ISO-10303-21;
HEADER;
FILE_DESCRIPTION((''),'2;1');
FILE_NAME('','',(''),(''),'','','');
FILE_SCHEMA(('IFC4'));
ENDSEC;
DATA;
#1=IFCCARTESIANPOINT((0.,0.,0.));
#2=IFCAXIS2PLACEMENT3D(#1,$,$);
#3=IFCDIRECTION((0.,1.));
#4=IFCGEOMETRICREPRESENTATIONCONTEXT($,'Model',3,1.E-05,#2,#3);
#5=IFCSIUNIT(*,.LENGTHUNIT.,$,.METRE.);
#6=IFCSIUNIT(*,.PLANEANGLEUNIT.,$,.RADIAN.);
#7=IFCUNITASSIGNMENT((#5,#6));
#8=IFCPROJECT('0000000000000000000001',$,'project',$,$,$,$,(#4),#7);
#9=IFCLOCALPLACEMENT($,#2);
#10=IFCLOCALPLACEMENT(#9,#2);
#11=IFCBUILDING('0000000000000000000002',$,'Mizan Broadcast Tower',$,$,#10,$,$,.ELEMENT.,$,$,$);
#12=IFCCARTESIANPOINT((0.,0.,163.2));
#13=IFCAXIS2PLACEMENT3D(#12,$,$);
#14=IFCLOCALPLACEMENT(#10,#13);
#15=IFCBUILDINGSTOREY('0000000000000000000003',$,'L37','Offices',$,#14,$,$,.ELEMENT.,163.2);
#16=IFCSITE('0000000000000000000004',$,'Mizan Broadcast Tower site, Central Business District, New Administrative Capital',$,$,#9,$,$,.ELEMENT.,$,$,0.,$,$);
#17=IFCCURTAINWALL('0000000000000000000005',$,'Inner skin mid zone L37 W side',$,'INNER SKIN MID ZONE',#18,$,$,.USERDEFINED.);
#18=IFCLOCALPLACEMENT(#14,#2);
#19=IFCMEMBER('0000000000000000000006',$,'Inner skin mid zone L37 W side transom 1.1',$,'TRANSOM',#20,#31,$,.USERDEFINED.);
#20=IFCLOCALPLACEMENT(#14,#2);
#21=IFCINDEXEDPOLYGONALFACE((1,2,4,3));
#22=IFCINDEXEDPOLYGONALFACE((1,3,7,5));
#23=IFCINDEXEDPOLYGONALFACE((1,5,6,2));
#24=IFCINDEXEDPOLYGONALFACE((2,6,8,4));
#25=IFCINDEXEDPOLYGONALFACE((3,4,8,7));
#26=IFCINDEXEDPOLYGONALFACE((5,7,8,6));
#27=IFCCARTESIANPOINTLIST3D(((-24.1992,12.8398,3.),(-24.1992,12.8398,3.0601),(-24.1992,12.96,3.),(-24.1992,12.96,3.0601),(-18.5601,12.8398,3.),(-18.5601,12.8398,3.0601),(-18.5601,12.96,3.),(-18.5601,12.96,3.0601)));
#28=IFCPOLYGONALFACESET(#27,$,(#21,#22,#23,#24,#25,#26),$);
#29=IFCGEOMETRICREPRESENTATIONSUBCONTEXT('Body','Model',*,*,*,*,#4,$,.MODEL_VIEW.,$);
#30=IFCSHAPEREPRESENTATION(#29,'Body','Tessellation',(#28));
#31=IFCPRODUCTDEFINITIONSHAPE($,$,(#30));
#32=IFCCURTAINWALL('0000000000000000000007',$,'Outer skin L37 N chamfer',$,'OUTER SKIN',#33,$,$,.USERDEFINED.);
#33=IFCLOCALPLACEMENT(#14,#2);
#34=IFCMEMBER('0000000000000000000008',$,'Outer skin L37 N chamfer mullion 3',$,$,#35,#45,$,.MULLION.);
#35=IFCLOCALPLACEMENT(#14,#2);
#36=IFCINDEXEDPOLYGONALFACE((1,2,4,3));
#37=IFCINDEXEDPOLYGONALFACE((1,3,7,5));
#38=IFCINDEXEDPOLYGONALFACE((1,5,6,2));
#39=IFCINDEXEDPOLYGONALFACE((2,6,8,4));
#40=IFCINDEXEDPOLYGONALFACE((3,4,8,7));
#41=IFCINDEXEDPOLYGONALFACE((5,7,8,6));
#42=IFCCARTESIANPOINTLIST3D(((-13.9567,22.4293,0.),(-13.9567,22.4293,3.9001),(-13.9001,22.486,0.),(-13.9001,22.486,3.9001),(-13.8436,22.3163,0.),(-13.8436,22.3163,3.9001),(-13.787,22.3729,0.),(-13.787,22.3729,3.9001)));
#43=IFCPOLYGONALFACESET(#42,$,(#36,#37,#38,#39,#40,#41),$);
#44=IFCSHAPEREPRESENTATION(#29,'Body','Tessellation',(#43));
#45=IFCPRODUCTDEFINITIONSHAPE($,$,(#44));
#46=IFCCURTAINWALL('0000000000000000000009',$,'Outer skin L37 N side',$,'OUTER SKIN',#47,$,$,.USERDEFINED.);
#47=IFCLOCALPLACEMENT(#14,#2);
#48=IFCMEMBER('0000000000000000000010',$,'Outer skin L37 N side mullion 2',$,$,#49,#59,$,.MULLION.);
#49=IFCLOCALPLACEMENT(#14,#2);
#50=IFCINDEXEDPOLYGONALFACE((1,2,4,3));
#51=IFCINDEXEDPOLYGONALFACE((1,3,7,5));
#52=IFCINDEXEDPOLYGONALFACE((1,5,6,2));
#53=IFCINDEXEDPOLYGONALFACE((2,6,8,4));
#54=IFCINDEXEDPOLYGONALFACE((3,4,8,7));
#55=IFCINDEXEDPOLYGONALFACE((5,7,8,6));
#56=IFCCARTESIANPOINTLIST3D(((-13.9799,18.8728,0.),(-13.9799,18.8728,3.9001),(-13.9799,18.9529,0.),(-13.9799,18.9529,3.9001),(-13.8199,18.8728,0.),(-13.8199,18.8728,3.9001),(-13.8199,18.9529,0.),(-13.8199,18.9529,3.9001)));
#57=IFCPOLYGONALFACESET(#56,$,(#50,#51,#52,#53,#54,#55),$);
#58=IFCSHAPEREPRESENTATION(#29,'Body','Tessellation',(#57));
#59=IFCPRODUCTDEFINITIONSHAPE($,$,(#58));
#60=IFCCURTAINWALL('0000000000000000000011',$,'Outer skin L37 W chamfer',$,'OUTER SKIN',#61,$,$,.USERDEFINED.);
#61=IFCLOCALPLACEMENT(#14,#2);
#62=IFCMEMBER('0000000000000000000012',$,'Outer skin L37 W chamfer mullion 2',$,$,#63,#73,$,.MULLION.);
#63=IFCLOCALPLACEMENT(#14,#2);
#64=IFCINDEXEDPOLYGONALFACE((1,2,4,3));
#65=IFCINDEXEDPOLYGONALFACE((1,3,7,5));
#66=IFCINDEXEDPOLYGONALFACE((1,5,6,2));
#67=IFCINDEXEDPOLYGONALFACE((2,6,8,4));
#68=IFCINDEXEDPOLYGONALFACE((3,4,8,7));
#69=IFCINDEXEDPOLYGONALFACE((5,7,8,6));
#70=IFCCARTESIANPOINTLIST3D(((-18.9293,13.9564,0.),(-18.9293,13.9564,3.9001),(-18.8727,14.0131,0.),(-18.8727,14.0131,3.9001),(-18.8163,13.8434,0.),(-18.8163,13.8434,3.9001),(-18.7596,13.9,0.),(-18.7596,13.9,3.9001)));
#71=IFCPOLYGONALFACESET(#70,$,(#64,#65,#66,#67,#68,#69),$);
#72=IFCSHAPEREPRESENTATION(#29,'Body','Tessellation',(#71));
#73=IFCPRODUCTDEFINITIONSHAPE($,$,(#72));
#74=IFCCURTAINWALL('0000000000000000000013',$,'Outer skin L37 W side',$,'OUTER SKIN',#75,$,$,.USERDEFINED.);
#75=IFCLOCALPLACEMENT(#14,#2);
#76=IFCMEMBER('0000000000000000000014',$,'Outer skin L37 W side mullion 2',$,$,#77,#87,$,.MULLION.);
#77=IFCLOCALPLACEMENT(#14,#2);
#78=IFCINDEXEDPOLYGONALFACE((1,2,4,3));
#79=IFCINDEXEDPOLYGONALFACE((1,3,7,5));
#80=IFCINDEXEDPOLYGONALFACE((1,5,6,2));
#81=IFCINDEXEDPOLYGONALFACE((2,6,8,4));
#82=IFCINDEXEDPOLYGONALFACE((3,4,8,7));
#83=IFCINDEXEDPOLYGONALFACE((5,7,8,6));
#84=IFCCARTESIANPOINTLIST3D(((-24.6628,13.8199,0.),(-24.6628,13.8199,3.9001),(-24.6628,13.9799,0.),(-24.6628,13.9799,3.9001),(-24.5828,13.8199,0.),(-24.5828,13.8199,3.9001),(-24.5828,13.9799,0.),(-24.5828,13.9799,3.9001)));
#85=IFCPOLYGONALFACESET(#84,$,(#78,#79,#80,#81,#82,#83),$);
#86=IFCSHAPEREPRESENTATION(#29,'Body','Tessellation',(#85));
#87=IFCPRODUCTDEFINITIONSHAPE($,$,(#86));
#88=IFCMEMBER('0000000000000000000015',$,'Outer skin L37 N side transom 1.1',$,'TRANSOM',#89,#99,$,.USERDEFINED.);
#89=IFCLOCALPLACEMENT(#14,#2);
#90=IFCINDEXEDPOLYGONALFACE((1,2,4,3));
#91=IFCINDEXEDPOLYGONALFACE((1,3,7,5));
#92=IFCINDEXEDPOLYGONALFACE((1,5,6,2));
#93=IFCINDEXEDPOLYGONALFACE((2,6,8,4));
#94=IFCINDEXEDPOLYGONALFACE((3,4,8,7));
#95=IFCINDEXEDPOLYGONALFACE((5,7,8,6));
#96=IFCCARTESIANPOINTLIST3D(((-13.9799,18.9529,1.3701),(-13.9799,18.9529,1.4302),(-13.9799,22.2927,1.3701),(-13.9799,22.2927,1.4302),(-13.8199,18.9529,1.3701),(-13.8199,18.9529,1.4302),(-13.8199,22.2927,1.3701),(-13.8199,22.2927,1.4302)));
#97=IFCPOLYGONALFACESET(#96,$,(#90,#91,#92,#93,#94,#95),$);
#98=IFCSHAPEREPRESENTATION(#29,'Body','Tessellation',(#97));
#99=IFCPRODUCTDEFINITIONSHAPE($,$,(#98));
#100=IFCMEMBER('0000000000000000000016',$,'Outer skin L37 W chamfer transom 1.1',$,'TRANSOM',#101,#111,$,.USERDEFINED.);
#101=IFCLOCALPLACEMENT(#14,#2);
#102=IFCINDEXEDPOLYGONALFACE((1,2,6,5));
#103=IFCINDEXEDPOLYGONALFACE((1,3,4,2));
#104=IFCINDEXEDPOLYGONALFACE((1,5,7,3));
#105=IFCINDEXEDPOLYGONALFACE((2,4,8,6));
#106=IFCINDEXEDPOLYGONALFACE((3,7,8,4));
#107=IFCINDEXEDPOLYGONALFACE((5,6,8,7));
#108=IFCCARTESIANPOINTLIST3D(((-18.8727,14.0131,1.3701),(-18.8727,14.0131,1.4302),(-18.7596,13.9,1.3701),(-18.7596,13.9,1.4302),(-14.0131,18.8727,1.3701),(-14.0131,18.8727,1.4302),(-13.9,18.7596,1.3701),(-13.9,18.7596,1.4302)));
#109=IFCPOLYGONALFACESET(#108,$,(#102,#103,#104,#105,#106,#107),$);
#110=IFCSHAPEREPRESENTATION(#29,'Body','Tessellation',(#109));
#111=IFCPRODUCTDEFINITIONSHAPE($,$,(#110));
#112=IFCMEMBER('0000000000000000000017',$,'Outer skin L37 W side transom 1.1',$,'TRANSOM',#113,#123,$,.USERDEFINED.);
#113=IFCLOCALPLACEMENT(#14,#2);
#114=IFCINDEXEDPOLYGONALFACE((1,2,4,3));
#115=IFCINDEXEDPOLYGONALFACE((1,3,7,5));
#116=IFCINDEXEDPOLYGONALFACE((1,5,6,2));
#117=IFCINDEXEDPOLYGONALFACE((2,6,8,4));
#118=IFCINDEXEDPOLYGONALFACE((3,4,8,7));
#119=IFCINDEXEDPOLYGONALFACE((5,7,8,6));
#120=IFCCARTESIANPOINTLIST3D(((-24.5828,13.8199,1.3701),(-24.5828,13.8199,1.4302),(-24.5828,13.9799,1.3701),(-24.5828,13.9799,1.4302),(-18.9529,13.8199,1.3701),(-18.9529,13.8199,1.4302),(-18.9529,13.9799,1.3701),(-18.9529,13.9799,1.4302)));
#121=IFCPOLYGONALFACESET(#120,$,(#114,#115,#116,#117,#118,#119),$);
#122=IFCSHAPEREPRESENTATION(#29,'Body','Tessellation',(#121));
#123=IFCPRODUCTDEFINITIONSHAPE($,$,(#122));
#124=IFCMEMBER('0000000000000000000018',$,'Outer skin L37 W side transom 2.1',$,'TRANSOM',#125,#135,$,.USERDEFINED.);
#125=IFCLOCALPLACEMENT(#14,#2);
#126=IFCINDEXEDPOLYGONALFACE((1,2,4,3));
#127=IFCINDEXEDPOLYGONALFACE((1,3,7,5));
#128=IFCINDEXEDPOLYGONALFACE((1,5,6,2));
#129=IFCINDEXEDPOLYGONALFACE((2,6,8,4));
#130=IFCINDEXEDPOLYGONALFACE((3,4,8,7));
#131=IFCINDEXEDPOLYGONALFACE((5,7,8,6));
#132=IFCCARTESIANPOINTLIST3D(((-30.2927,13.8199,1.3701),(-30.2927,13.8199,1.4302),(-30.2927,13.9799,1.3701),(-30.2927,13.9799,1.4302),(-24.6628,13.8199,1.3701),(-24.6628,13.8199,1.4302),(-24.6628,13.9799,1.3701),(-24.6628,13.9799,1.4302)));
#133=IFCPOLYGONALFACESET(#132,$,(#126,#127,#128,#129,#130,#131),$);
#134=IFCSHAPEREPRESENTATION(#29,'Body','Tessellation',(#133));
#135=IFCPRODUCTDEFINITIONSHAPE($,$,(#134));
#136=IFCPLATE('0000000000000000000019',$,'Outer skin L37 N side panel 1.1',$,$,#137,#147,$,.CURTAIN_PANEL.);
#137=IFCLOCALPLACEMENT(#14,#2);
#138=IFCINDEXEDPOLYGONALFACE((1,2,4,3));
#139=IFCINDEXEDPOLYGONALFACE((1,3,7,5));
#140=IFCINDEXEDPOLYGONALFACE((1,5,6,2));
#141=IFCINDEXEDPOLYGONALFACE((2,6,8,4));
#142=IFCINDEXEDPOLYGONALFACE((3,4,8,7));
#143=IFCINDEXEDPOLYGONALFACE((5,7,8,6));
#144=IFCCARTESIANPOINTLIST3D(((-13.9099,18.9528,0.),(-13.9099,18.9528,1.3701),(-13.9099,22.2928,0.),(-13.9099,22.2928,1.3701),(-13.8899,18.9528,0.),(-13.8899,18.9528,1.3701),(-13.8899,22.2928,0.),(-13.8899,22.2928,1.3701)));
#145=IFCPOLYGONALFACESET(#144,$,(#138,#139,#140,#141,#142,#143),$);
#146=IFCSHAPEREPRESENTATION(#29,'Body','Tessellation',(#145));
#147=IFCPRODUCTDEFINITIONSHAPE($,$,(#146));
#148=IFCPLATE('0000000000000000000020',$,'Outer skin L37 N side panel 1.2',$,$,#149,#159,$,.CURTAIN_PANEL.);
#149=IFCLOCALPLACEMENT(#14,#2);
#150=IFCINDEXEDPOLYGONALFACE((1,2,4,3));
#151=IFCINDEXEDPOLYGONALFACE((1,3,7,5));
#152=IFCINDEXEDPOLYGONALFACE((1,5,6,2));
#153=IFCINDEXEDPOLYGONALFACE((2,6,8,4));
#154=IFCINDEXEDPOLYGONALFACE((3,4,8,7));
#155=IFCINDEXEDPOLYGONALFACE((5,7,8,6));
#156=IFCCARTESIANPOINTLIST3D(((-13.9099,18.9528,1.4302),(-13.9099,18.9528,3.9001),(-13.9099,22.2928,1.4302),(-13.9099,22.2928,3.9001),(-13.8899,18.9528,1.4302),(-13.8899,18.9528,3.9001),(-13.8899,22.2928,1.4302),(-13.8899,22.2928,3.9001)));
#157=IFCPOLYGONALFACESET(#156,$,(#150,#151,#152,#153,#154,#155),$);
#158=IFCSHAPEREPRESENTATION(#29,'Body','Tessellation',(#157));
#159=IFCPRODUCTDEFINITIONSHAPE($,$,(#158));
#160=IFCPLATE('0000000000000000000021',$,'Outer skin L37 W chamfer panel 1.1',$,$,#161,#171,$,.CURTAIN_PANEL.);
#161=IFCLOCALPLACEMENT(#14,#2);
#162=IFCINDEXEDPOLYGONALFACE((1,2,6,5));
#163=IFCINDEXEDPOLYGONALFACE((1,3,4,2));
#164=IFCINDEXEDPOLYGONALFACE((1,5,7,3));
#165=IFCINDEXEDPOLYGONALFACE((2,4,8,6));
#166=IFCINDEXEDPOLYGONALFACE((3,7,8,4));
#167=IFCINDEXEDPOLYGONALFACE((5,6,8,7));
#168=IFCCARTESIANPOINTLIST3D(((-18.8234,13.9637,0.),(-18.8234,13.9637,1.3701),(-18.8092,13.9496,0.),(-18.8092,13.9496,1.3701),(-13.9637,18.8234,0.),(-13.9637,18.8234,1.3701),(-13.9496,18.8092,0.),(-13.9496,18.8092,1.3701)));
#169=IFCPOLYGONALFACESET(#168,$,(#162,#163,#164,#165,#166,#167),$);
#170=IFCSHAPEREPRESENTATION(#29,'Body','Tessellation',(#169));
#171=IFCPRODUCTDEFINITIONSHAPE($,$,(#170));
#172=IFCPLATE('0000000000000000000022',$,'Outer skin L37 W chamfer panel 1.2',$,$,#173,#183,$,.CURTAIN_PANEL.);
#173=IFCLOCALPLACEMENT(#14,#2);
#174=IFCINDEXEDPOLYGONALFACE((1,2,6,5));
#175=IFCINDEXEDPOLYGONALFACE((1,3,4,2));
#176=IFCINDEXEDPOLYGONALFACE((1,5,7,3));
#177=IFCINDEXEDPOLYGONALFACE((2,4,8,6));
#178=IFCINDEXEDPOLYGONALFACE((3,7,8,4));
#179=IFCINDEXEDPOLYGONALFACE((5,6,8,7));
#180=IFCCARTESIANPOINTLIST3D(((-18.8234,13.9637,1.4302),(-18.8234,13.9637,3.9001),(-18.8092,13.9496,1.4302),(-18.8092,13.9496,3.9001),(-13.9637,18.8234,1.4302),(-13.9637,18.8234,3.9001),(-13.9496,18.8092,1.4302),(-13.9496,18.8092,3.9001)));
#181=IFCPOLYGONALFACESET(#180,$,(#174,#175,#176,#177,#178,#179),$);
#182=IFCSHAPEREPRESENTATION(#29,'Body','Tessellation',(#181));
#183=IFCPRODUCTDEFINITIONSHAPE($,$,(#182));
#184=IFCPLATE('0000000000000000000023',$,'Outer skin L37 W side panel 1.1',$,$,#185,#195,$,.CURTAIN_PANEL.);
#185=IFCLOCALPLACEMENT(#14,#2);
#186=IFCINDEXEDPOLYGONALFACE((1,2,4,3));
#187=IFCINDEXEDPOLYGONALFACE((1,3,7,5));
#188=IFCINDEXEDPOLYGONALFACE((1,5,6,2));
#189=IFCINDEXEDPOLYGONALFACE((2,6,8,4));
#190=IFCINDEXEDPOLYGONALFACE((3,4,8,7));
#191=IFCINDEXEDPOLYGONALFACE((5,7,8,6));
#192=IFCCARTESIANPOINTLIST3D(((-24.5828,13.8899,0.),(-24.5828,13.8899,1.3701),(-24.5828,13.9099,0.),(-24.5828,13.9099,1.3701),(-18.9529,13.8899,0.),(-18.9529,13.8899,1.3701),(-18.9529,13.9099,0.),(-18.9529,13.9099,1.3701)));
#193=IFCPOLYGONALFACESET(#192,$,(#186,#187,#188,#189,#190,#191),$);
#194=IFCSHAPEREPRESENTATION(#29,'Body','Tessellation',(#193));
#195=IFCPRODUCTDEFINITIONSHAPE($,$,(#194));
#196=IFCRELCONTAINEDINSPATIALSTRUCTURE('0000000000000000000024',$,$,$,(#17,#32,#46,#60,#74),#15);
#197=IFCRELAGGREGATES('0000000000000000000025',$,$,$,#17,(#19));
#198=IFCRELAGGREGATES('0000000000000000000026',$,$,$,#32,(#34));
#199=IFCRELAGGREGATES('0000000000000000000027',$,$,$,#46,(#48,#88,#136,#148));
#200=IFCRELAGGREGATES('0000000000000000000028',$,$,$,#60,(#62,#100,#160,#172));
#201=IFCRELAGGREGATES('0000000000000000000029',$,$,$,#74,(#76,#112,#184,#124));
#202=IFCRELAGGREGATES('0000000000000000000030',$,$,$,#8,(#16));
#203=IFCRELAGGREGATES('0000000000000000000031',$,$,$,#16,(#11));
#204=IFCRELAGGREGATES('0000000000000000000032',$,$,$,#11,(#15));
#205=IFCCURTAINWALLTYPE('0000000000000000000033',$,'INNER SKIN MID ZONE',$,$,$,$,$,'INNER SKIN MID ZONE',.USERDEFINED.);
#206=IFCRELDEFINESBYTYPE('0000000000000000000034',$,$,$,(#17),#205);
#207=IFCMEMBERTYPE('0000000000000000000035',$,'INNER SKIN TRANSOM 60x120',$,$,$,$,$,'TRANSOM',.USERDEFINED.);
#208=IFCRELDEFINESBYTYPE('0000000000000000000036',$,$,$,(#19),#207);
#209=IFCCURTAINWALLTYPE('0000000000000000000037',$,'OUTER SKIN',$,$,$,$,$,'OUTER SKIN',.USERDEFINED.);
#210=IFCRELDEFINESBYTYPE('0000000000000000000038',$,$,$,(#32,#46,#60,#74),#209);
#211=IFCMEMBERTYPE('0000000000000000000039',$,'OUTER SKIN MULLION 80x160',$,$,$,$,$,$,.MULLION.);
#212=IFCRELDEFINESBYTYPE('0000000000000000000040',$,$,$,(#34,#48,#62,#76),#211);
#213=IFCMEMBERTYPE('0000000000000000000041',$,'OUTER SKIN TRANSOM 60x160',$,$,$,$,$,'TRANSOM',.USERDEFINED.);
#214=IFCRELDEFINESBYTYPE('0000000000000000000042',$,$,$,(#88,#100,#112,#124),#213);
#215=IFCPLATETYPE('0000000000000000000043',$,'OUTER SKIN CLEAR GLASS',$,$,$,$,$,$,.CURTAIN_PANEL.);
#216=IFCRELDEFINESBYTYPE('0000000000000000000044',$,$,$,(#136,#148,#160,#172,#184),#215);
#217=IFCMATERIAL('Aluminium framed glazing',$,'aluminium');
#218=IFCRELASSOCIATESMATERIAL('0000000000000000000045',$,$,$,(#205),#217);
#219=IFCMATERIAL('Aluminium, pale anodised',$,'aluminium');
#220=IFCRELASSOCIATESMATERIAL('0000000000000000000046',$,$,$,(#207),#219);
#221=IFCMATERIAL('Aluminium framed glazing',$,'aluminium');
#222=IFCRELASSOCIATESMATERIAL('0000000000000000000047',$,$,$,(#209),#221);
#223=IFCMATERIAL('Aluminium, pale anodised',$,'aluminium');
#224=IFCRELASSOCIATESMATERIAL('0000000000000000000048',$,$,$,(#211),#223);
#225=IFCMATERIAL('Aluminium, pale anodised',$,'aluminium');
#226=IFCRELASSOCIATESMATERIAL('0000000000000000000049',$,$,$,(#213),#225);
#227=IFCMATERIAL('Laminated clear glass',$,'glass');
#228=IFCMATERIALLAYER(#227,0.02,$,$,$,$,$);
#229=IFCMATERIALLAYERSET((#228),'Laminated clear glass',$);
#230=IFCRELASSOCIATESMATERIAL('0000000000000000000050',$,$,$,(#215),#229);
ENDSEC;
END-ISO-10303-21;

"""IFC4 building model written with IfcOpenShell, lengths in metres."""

from ifc_helpers import new_model, si_unit, direction, frame, origin, origin_2d, place, context, subcontext, project, spatial, rectangle, extrude, material, layer, layer_set, material_profile, profile_set, type_object, element, aggregate, save


model = new_model("IFC4")

# Units and contexts
model_context = context("Model", 3, precision=1e-05, world=origin(), true_north=direction((0.0, 1.0)))
body_context = subcontext(model_context, "Body", "Model", "MODEL_VIEW")
ifc_project = project(units=[si_unit("LENGTHUNIT", "METRE"), si_unit("PLANEANGLEUNIT", "RADIAN")], contexts=[model_context])

# Site, building, storey
site_placement = place(None, origin())
site = spatial("IfcSite", under=ifc_project, at=site_placement, Name="Mizan Broadcast Tower site, Central Business District, New Administrative Capital", CompositionType="ELEMENT", RefElevation=0.0)
building_placement = place(site_placement, origin())
building = spatial("IfcBuilding", under=site, at=building_placement, Name="Mizan Broadcast Tower", CompositionType="ELEMENT")
storey_placement = place(building_placement, frame((0.0, 0.0, 163.2)))
storey = spatial("IfcBuildingStorey", under=building, at=storey_placement, Name="L37", Description="Offices", CompositionType="ELEMENT", Elevation=163.2)

# Curtain walls, members
ifc_material_1 = material(Name="Aluminium framed glazing", Category="aluminium")
curtain_wall_type_1 = type_object("IfcCurtainWallType", Name="INNER SKIN MID ZONE", ElementType="INNER SKIN MID ZONE", PredefinedType="USERDEFINED", material=ifc_material_1)
curtain_wall_1_placement = place(storey_placement, origin())
curtain_wall_1 = element("IfcCurtainWall", 1, at=curtain_wall_1_placement, inside=storey, type_object=curtain_wall_type_1, Name="Inner skin mid zone L37 W side", ObjectType="INNER SKIN MID ZONE", PredefinedType="USERDEFINED")
ifc_material_2 = material(Name="Aluminium, pale anodised", Category="aluminium")
ifc_material_profile_1 = material_profile(ifc_material_2, rectangle(XDim=0.1201, YDim=0.0601, at=origin_2d()), Name="TRANSOM 120x60")
ifc_profile_set_1 = profile_set([ifc_material_profile_1], Name="Aluminium, pale anodised")
member_type_1 = type_object("IfcMemberType", Name="INNER SKIN TRANSOM 60x120", ElementType="TRANSOM", PredefinedType="USERDEFINED", material=ifc_profile_set_1)
member_1_placement = place(storey_placement, frame((-18.5601, 12.8999, 3.03), z_axis=(-1.0, 0.0, 0.0), x_axis=(0.0, -1.0, 0.0)))
member_1 = element("IfcMember", 2, at=member_1_placement, type_object=member_type_1, Name="Inner skin mid zone L37 W side transom 1.1", ObjectType="TRANSOM", PredefinedType="USERDEFINED", context=body_context, shape_type="SweptSolid", body=[
    extrude(rectangle(XDim=0.1201, YDim=0.0601, at=origin_2d()), origin(), (0.0, 0.0, 1.0), 5.6392),
])
aggregate(curtain_wall_1, [member_1])
ifc_material_3 = material(Name="Aluminium framed glazing", Category="aluminium")
curtain_wall_type_2 = type_object("IfcCurtainWallType", Name="OUTER SKIN", ElementType="OUTER SKIN", PredefinedType="USERDEFINED", material=ifc_material_3)
curtain_wall_2_placement = place(storey_placement, origin())
curtain_wall_2 = element("IfcCurtainWall", 3, at=curtain_wall_2_placement, inside=storey, type_object=curtain_wall_type_2, Name="Outer skin L37 N chamfer", ObjectType="OUTER SKIN", PredefinedType="USERDEFINED")
ifc_material_4 = material(Name="Aluminium, pale anodised", Category="aluminium")
ifc_material_profile_2 = material_profile(ifc_material_4, rectangle(XDim=0.1599, YDim=0.0801, at=origin_2d()), Name="MULLION 160x80")
ifc_profile_set_2 = profile_set([ifc_material_profile_2], Name="Aluminium, pale anodised")
member_type_2 = type_object("IfcMemberType", Name="OUTER SKIN MULLION 80x160", PredefinedType="MULLION", material=ifc_profile_set_2)
member_2_placement = place(storey_placement, frame((-13.8718, 22.4011, 0.0), z_axis=(0.0, 0.0, 1.0), x_axis=(0.707107, -0.707107, 0.0)))
member_2 = element("IfcMember", 4, at=member_2_placement, type_object=member_type_2, Name="Outer skin L37 N chamfer mullion 3", PredefinedType="MULLION", context=body_context, shape_type="SweptSolid", body=[
    extrude(rectangle(XDim=0.1599, YDim=0.0801, at=origin_2d()), origin(), (0.0, 0.0, 1.0), 3.9001),
])
aggregate(curtain_wall_2, [member_2])
curtain_wall_3_placement = place(storey_placement, origin())
curtain_wall_3 = element("IfcCurtainWall", 5, at=curtain_wall_3_placement, inside=storey, type_object=curtain_wall_type_2, Name="Outer skin L37 N side", ObjectType="OUTER SKIN", PredefinedType="USERDEFINED")
member_3_placement = place(storey_placement, frame((-13.8999, 18.9128, 0.0), z_axis=(0.0, 0.0, 1.0), x_axis=(1.0, 0.0, 0.0)))
member_3 = element("IfcMember", 6, at=member_3_placement, type_object=member_type_2, Name="Outer skin L37 N side mullion 2", PredefinedType="MULLION", context=body_context, shape_type="SweptSolid", body=[
    extrude(rectangle(XDim=0.1599, YDim=0.0801, at=origin_2d()), origin(), (0.0, 0.0, 1.0), 3.9001),
])
curtain_wall_4_placement = place(storey_placement, origin())
curtain_wall_4 = element("IfcCurtainWall", 7, at=curtain_wall_4_placement, inside=storey, type_object=curtain_wall_type_2, Name="Outer skin L37 W chamfer", ObjectType="OUTER SKIN", PredefinedType="USERDEFINED")
member_4_placement = place(storey_placement, frame((-18.8445, 13.9282, 0.0), z_axis=(0.0, 0.0, 1.0), x_axis=(0.707107, -0.707107, 0.0)))
member_4 = element("IfcMember", 8, at=member_4_placement, type_object=member_type_2, Name="Outer skin L37 W chamfer mullion 2", PredefinedType="MULLION", context=body_context, shape_type="SweptSolid", body=[
    extrude(rectangle(XDim=0.1599, YDim=0.0801, at=origin_2d()), origin(), (0.0, 0.0, 1.0), 3.9001),
])
curtain_wall_5_placement = place(storey_placement, origin())
curtain_wall_5 = element("IfcCurtainWall", 9, at=curtain_wall_5_placement, inside=storey, type_object=curtain_wall_type_2, Name="Outer skin L37 W side", ObjectType="OUTER SKIN", PredefinedType="USERDEFINED")
member_5_placement = place(storey_placement, frame((-24.6228, 13.8999, 0.0), z_axis=(0.0, 0.0, 1.0), x_axis=(0.0, -1.0, 0.0)))
member_5 = element("IfcMember", 10, at=member_5_placement, type_object=member_type_2, Name="Outer skin L37 W side mullion 2", PredefinedType="MULLION", context=body_context, shape_type="SweptSolid", body=[
    extrude(rectangle(XDim=0.1599, YDim=0.0801, at=origin_2d()), origin(), (0.0, 0.0, 1.0), 3.9001),
])

# Members
ifc_material_5 = material(Name="Aluminium, pale anodised", Category="aluminium")
ifc_material_profile_3 = material_profile(ifc_material_5, rectangle(XDim=0.1599, YDim=0.0601, at=origin_2d()), Name="TRANSOM 160x60")
ifc_profile_set_3 = profile_set([ifc_material_profile_3], Name="Aluminium, pale anodised")
member_type_3 = type_object("IfcMemberType", Name="OUTER SKIN TRANSOM 60x160", ElementType="TRANSOM", PredefinedType="USERDEFINED", material=ifc_profile_set_3)
member_6_placement = place(storey_placement, frame((-13.8999, 22.2927, 1.4001), z_axis=(0.0, -1.0, 0.0), x_axis=(1.0, 0.0, 0.0)))
member_6 = element("IfcMember", 11, at=member_6_placement, type_object=member_type_3, Name="Outer skin L37 N side transom 1.1", ObjectType="TRANSOM", PredefinedType="USERDEFINED", context=body_context, shape_type="SweptSolid", body=[
    extrude(rectangle(XDim=0.1599, YDim=0.0601, at=origin_2d()), origin(), (0.0, 0.0, 1.0), 3.3398),
])
member_7_placement = place(storey_placement, frame((-13.9565, 18.8162, 1.4001), z_axis=(-0.707107, -0.707107, 0.0), x_axis=(0.707107, -0.707107, 0.0)))
member_7 = element("IfcMember", 12, at=member_7_placement, type_object=member_type_3, Name="Outer skin L37 W chamfer transom 1.1", ObjectType="TRANSOM", PredefinedType="USERDEFINED", context=body_context, shape_type="SweptSolid", body=[
    extrude(rectangle(XDim=0.1599, YDim=0.0601, at=origin_2d()), origin(), (0.0, 0.0, 1.0), 6.8726),
])
member_8_placement = place(storey_placement, frame((-18.9529, 13.8999, 1.4001), z_axis=(-1.0, 0.0, 0.0), x_axis=(0.0, -1.0, 0.0)))
member_8 = element("IfcMember", 13, at=member_8_placement, type_object=member_type_3, Name="Outer skin L37 W side transom 1.1", ObjectType="TRANSOM", PredefinedType="USERDEFINED", context=body_context, shape_type="SweptSolid", body=[
    extrude(rectangle(XDim=0.1599, YDim=0.0601, at=origin_2d()), origin(), (0.0, 0.0, 1.0), 5.6299),
])
member_9_placement = place(storey_placement, frame((-24.6628, 13.8999, 1.4001), z_axis=(-1.0, 0.0, 0.0), x_axis=(0.0, -1.0, 0.0)))
member_9 = element("IfcMember", 14, at=member_9_placement, type_object=member_type_3, Name="Outer skin L37 W side transom 2.1", ObjectType="TRANSOM", PredefinedType="USERDEFINED", context=body_context, shape_type="SweptSolid", body=[
    extrude(rectangle(XDim=0.1599, YDim=0.0601, at=origin_2d()), origin(), (0.0, 0.0, 1.0), 5.6299),
])

# Plates
ifc_material_6 = material(Name="Laminated clear glass", Category="glass")
ifc_layer = layer(ifc_material_6, 0.02)
ifc_layer_set = layer_set([ifc_layer], Name="Laminated clear glass")
plate_type = type_object("IfcPlateType", Name="OUTER SKIN CLEAR GLASS", PredefinedType="CURTAIN_PANEL", material=ifc_layer_set)
plate_1_placement = place(storey_placement, frame((-13.8999, 20.6228, 0.0), z_axis=(0.0, 0.0, 1.0), x_axis=(0.0, -1.0, 0.0)))
plate_1 = element("IfcPlate", 15, at=plate_1_placement, type_object=plate_type, Name="Outer skin L37 N side panel 1.1", PredefinedType="CURTAIN_PANEL", context=body_context, shape_type="SweptSolid", body=[
    extrude(rectangle(XDim=3.3401, YDim=0.02, at=origin_2d()), origin(), (0.0, 0.0, 1.0), 1.3701),
])
plate_2_placement = place(storey_placement, frame((-13.8999, 20.6228, 1.4302), z_axis=(0.0, 0.0, 1.0), x_axis=(0.0, -1.0, 0.0)))
plate_2 = element("IfcPlate", 16, at=plate_2_placement, type_object=plate_type, Name="Outer skin L37 N side panel 1.2", PredefinedType="CURTAIN_PANEL", context=body_context, shape_type="SweptSolid", body=[
    extrude(rectangle(XDim=3.3401, YDim=0.02, at=origin_2d()), origin(), (0.0, 0.0, 1.0), 2.47),
])
aggregate(curtain_wall_3, [member_3, member_6, plate_1, plate_2])
plate_3_placement = place(storey_placement, frame((-16.3865, 16.3865, 0.0), z_axis=(0.0, 0.0, 1.0), x_axis=(-0.707107, -0.707107, 0.0)))
plate_3 = element("IfcPlate", 17, at=plate_3_placement, type_object=plate_type, Name="Outer skin L37 W chamfer panel 1.1", PredefinedType="CURTAIN_PANEL", context=body_context, shape_type="SweptSolid", body=[
    extrude(rectangle(XDim=6.8726, YDim=0.02, at=origin_2d()), origin(), (0.0, 0.0, 1.0), 1.3701),
])
plate_4_placement = place(storey_placement, frame((-16.3865, 16.3865, 1.4302), z_axis=(0.0, 0.0, 1.0), x_axis=(-0.707107, -0.707107, 0.0)))
plate_4 = element("IfcPlate", 18, at=plate_4_placement, type_object=plate_type, Name="Outer skin L37 W chamfer panel 1.2", PredefinedType="CURTAIN_PANEL", context=body_context, shape_type="SweptSolid", body=[
    extrude(rectangle(XDim=6.8726, YDim=0.02, at=origin_2d()), origin(), (0.0, 0.0, 1.0), 2.47),
])
aggregate(curtain_wall_4, [member_4, member_7, plate_3, plate_4])
plate_5_placement = place(storey_placement, frame((-21.7678, 13.8999, 0.0), z_axis=(0.0, 0.0, 1.0), x_axis=(-1.0, 0.0, 0.0)))
plate_5 = element("IfcPlate", 19, at=plate_5_placement, type_object=plate_type, Name="Outer skin L37 W side panel 1.1", PredefinedType="CURTAIN_PANEL", context=body_context, shape_type="SweptSolid", body=[
    extrude(rectangle(XDim=5.6299, YDim=0.02, at=origin_2d()), origin(), (0.0, 0.0, 1.0), 1.3701),
])
aggregate(curtain_wall_5, [member_5, member_8, plate_5, member_9])

save(model, "model.ifc")
